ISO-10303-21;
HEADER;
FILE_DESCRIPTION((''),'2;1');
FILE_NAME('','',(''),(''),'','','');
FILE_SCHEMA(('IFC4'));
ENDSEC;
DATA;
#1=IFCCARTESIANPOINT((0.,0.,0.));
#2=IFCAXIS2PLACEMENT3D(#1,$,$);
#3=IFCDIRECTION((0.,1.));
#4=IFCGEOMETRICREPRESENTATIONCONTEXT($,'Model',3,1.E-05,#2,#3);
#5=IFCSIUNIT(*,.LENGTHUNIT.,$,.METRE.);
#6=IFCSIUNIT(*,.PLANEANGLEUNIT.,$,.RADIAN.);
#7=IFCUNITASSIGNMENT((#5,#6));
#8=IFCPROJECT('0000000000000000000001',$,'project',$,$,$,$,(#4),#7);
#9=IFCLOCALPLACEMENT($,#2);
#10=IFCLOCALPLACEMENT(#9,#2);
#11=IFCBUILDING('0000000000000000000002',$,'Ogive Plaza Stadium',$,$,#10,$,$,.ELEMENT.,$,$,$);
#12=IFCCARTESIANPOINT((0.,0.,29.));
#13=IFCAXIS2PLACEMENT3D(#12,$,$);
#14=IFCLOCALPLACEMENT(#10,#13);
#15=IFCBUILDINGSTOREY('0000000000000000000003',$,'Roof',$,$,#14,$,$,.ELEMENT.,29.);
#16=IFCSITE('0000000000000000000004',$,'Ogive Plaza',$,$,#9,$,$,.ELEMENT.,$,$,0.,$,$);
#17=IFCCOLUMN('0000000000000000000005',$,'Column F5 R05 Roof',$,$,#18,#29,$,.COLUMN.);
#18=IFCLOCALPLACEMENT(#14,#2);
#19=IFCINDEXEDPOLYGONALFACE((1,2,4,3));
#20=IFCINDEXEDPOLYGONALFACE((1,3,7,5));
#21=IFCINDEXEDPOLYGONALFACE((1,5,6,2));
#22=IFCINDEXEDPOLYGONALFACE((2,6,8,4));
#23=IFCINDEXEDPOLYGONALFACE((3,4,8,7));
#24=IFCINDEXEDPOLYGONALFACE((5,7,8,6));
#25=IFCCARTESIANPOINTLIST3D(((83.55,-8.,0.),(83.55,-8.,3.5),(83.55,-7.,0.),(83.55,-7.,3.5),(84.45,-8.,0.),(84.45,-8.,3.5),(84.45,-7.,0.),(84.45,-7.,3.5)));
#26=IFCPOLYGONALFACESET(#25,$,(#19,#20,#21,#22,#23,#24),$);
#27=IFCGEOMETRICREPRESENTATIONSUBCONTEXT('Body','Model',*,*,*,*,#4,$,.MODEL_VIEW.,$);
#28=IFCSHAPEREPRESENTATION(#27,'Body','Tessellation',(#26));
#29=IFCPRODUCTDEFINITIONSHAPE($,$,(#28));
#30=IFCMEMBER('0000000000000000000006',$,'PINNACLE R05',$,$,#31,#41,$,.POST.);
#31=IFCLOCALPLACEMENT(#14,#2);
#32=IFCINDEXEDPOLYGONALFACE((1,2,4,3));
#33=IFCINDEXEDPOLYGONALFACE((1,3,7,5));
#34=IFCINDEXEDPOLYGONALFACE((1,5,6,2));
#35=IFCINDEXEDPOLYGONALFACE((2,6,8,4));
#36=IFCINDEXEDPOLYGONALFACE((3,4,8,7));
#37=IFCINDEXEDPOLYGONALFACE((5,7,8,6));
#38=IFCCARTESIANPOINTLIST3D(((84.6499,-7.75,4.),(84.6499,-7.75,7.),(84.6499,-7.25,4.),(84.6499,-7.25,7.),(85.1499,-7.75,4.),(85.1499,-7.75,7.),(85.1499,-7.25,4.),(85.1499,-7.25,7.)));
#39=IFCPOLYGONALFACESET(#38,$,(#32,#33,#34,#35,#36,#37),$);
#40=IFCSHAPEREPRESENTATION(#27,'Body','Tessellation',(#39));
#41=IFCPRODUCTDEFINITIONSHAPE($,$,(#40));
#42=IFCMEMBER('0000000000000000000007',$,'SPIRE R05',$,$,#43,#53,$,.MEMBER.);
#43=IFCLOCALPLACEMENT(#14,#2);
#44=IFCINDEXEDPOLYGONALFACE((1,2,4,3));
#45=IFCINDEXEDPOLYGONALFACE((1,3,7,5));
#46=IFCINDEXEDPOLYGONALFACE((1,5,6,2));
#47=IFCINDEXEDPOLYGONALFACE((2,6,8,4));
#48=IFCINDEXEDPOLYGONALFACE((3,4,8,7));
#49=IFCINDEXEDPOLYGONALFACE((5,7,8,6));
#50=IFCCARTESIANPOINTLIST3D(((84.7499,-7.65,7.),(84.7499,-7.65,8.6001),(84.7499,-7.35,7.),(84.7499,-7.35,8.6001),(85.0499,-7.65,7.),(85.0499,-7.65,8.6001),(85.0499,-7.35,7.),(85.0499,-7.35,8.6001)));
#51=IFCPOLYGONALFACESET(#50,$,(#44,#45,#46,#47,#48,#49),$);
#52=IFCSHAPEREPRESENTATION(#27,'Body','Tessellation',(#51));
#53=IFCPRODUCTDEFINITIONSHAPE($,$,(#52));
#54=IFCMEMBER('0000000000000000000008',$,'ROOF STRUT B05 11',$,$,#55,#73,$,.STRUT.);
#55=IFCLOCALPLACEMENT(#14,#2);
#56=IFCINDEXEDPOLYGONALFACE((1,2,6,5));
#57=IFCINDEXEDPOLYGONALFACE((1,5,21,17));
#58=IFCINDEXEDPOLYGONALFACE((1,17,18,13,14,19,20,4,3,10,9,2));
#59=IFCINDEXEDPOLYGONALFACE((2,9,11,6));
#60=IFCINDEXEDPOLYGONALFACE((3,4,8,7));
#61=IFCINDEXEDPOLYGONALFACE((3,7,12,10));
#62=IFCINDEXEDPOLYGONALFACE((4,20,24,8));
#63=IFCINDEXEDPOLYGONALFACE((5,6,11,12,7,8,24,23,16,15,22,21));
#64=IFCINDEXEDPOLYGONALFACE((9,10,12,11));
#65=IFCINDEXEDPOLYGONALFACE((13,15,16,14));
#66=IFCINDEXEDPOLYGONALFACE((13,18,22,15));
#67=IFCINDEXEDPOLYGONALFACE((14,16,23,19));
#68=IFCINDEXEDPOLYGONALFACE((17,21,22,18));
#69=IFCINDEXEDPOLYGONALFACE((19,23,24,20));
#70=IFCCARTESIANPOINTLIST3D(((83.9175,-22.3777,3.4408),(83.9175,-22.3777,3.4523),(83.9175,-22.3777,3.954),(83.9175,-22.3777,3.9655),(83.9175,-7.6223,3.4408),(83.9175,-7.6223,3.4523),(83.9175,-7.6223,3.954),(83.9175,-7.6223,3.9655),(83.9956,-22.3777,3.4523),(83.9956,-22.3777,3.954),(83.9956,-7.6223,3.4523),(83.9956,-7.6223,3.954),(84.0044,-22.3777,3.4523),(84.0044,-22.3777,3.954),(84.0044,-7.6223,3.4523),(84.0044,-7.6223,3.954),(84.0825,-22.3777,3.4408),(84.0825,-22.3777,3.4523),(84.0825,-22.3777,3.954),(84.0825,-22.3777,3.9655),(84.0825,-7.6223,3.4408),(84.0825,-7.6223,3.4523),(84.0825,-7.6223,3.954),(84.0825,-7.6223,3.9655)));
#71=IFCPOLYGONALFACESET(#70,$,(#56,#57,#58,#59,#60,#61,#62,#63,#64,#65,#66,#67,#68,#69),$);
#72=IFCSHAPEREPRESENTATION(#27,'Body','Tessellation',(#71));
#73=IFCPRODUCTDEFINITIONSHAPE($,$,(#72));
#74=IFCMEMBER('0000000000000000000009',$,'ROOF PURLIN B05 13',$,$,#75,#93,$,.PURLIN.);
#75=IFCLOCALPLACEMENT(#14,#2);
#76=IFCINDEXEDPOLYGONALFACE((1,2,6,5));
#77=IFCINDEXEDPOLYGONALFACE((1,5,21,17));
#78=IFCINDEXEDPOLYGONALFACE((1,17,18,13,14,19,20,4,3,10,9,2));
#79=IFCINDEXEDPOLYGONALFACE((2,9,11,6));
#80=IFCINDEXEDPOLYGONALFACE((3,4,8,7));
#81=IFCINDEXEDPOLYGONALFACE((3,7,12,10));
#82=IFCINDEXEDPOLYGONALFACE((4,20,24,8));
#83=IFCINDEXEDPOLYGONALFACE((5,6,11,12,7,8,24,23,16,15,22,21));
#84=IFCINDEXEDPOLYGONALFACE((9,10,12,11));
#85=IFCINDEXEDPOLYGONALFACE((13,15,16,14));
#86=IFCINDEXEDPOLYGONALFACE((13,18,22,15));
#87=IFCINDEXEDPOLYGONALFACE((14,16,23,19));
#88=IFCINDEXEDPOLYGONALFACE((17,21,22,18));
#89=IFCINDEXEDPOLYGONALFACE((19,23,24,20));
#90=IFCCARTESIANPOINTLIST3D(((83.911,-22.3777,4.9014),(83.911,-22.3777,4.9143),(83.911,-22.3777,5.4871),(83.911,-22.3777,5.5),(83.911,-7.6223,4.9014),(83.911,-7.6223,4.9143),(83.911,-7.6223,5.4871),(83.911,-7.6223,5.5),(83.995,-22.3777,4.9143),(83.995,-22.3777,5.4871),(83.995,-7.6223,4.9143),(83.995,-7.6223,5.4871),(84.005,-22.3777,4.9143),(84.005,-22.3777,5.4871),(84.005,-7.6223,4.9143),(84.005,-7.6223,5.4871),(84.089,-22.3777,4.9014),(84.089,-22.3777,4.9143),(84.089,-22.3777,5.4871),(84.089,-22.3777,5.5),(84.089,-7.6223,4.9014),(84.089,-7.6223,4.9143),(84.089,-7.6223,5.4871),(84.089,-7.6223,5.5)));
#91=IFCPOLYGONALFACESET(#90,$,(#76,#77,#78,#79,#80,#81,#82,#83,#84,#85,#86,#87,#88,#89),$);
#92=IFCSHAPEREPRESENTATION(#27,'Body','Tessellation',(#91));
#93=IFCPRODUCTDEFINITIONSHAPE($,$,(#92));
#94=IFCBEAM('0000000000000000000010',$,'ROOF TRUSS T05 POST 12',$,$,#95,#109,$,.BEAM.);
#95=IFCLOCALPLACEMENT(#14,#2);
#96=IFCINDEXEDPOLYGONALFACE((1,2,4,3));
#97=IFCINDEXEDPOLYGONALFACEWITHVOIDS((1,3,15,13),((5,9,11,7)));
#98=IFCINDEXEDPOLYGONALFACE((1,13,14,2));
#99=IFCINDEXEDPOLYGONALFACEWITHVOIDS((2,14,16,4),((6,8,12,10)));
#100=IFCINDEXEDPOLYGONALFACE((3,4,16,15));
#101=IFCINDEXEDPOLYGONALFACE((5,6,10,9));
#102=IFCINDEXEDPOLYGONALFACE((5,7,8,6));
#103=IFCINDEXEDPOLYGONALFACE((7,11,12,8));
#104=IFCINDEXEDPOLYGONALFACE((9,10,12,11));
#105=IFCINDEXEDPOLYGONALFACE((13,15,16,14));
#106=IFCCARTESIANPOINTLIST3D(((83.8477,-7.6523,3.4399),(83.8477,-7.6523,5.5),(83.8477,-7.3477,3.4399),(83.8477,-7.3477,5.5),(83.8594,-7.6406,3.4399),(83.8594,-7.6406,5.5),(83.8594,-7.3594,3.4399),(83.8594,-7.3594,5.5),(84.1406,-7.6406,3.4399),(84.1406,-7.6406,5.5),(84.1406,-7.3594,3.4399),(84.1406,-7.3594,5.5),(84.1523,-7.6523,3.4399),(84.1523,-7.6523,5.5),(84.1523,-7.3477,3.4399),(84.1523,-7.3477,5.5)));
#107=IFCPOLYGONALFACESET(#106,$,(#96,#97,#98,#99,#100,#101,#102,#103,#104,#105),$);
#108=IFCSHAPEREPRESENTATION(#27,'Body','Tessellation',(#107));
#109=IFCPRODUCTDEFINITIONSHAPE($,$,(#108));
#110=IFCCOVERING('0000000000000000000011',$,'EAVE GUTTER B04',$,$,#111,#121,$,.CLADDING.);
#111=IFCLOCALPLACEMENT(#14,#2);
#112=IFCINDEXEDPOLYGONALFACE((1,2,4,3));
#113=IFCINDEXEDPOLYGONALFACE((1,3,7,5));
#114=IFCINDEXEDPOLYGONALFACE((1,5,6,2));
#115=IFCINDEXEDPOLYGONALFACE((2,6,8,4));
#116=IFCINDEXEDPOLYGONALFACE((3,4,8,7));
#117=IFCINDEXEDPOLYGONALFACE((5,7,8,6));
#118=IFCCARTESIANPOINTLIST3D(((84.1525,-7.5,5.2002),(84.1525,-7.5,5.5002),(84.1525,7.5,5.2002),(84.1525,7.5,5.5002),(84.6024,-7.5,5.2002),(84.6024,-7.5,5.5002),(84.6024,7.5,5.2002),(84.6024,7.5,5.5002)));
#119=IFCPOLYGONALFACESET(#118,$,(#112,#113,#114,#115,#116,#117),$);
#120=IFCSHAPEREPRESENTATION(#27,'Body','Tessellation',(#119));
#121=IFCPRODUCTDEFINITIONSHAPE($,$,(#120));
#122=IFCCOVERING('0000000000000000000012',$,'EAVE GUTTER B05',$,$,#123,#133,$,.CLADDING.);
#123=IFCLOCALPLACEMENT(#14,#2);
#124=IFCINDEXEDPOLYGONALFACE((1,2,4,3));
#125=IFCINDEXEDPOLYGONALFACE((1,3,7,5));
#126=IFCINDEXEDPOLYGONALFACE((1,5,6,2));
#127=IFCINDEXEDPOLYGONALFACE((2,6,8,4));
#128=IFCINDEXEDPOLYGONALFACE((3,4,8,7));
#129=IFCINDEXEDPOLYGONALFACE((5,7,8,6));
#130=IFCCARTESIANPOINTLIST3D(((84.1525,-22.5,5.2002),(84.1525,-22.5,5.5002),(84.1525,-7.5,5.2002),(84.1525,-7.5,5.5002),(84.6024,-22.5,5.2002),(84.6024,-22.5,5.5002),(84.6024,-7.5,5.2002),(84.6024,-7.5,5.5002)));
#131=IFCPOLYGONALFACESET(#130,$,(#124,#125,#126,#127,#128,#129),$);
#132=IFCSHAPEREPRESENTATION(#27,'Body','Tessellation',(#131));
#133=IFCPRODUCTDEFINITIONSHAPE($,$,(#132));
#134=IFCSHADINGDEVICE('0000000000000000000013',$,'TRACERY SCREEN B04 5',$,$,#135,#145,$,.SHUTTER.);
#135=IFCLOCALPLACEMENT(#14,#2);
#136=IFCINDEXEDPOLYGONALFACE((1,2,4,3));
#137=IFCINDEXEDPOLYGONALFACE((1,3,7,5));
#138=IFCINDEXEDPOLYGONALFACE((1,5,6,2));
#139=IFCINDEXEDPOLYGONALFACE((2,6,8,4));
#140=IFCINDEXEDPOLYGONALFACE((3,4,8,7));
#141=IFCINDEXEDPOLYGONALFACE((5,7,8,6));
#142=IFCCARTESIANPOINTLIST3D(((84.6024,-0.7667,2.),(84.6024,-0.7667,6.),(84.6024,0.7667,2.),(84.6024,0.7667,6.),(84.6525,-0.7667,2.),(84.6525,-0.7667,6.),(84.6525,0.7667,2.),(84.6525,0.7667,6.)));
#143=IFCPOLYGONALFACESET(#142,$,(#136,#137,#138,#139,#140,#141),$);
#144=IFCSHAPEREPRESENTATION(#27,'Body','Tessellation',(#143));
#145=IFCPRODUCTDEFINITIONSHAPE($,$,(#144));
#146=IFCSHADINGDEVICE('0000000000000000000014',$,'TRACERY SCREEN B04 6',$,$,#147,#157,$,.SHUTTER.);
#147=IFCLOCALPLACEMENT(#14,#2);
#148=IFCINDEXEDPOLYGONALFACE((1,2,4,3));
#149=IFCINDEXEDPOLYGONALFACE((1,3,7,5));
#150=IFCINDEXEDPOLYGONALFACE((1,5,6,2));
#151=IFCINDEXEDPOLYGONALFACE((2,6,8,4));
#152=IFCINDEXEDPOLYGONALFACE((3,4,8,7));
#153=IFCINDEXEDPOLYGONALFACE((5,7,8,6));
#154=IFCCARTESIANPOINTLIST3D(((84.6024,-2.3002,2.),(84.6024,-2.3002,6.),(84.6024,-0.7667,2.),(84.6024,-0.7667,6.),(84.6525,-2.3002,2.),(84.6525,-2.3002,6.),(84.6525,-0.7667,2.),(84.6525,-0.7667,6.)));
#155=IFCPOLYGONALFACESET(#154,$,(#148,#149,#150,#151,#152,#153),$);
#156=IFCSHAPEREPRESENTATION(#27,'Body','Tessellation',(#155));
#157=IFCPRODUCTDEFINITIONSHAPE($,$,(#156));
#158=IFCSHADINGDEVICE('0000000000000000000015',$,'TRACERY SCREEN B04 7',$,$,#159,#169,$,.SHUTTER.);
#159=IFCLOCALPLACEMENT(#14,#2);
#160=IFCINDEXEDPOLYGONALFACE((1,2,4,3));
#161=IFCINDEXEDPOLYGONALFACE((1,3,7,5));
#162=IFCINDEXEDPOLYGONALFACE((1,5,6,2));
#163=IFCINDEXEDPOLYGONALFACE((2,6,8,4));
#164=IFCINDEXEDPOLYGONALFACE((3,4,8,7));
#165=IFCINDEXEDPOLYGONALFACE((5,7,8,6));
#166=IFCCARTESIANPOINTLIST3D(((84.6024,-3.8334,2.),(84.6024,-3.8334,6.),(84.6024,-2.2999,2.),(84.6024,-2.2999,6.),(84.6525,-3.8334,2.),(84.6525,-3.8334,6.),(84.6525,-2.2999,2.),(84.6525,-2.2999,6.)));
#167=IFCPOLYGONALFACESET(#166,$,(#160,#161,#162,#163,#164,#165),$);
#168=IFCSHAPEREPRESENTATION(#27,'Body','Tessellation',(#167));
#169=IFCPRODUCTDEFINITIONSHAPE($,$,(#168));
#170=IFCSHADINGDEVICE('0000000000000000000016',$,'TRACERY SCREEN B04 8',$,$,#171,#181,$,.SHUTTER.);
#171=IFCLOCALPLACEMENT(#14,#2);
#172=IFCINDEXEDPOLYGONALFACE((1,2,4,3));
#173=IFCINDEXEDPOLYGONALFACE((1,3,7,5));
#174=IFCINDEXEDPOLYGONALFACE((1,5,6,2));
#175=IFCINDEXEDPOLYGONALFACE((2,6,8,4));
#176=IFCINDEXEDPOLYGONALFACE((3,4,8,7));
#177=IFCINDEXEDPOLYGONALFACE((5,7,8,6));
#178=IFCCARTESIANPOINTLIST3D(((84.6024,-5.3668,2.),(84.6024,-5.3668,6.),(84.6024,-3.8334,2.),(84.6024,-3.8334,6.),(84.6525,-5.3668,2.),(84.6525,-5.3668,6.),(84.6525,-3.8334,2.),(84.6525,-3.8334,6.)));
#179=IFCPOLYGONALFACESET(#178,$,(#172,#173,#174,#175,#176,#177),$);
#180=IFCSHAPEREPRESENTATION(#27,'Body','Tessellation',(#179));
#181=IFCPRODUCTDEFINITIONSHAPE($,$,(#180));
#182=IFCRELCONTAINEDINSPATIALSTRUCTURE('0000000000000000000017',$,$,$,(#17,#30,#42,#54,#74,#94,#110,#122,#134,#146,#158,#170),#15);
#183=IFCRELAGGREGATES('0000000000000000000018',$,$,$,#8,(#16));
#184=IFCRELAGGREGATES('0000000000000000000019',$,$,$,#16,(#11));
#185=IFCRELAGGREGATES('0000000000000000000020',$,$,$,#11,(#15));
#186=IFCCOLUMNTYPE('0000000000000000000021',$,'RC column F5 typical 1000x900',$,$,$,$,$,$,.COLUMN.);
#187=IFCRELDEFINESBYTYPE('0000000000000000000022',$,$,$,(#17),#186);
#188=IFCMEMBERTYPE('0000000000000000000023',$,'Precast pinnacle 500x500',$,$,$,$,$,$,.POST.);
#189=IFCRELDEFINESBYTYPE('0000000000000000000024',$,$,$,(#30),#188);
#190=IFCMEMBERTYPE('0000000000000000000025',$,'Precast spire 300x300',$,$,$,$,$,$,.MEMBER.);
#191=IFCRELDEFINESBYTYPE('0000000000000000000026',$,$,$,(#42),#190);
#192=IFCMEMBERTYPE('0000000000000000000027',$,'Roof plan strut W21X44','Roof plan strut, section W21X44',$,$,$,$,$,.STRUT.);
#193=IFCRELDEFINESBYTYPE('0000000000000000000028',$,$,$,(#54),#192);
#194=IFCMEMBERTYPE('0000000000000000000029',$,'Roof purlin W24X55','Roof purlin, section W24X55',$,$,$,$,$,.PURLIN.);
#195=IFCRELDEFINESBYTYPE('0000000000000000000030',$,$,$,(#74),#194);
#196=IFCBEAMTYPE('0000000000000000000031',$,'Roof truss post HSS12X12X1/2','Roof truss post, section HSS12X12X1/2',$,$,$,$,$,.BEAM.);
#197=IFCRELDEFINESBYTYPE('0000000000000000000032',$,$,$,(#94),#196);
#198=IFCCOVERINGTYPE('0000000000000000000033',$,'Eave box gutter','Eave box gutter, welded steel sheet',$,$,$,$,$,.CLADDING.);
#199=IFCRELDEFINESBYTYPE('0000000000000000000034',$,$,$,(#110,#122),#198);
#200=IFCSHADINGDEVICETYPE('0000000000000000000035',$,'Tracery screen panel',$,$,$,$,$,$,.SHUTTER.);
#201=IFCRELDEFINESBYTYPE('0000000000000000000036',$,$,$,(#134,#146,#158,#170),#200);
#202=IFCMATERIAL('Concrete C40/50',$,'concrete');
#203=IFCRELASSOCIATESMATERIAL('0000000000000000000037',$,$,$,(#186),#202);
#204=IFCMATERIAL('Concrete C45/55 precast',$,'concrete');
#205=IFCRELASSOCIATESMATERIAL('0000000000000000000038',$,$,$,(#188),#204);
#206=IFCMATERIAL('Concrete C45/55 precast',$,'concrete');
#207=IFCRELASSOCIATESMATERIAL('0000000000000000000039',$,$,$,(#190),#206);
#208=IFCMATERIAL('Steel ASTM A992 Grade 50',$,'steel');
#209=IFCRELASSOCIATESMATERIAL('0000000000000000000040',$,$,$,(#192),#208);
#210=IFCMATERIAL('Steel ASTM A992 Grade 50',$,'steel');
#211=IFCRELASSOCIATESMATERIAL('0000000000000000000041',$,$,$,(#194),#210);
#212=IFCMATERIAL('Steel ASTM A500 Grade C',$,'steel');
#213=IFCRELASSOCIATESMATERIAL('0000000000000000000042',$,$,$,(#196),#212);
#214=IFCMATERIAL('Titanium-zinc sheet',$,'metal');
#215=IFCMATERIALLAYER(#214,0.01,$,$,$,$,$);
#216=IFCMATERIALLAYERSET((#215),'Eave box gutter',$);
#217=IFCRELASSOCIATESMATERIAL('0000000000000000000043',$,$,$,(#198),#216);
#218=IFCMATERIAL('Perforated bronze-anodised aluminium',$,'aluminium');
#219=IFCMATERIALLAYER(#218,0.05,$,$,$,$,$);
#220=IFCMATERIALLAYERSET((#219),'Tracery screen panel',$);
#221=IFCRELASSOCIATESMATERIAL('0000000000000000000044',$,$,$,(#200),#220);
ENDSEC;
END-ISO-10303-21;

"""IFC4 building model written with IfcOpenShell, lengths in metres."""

from ifc_helpers import new_model, si_unit, direction, frame, origin, origin_2d, place, context, subcontext, project, spatial, rectangle, hollow_rectangle, i_section, extrude, material, layer, layer_set, material_profile, profile_set, type_object, element, save


model = new_model("IFC4")

# Units and contexts
model_context = context("Model", 3, precision=1e-05, world=origin(), true_north=direction((0.0, 1.0)))
body_context = subcontext(model_context, "Body", "Model", "MODEL_VIEW")
ifc_project = project(units=[si_unit("LENGTHUNIT", "METRE"), si_unit("PLANEANGLEUNIT", "RADIAN")], contexts=[model_context])

# Site, building, storey
site_placement = place(None, origin())
site = spatial("IfcSite", under=ifc_project, at=site_placement, Name="Ogive Plaza", CompositionType="ELEMENT", RefElevation=0.0)
building_placement = place(site_placement, origin())
building = spatial("IfcBuilding", under=site, at=building_placement, Name="Ogive Plaza Stadium", CompositionType="ELEMENT")
storey_placement = place(building_placement, frame((0.0, 0.0, 29.0)))
storey = spatial("IfcBuildingStorey", under=building, at=storey_placement, Name="Roof", CompositionType="ELEMENT", Elevation=29.0)

# Column
ifc_material_1 = material(Name="Concrete C40/50", Category="concrete")
ifc_material_profile_1 = material_profile(ifc_material_1, rectangle(XDim=1.0, YDim=0.8999, at=origin_2d()), Name="RC 1000x900")
ifc_profile_set_1 = profile_set([ifc_material_profile_1], Name="Concrete C40/50")
column_type = type_object("IfcColumnType", Name="RC column F5 typical 1000x900", PredefinedType="COLUMN", material=ifc_profile_set_1)
column_placement = place(storey_placement, frame((84.0, -7.5, 0.0), z_axis=(0.0, 0.0, 1.0), x_axis=(0.0, 1.0, 0.0)))
element("IfcColumn", 1, at=column_placement, inside=storey, type_object=column_type, Name="Column F5 R05 Roof", PredefinedType="COLUMN", context=body_context, shape_type="SweptSolid", body=[
    extrude(rectangle(XDim=1.0, YDim=0.8999, at=origin_2d()), origin(), (0.0, 0.0, 1.0), 3.5),
])

# Members
ifc_material_2 = material(Name="Concrete C45/55 precast", Category="concrete")
ifc_material_profile_2 = material_profile(ifc_material_2, rectangle(XDim=0.5, YDim=0.5, at=origin_2d()), Name="RC 500x500")
ifc_profile_set_2 = profile_set([ifc_material_profile_2], Name="Concrete C45/55 precast")
member_type_1 = type_object("IfcMemberType", Name="Precast pinnacle 500x500", PredefinedType="POST", material=ifc_profile_set_2)
member_1_placement = place(storey_placement, frame((84.8999, -7.5, 4.0), z_axis=(0.0, 0.0, 1.0), x_axis=(0.0, 1.0, 0.0)))
element("IfcMember", 2, at=member_1_placement, inside=storey, type_object=member_type_1, Name="PINNACLE R05", PredefinedType="POST", context=body_context, shape_type="SweptSolid", body=[
    extrude(rectangle(XDim=0.5, YDim=0.5, at=origin_2d()), origin(), (0.0, 0.0, 1.0), 3.0),
])
ifc_material_3 = material(Name="Concrete C45/55 precast", Category="concrete")
ifc_material_profile_3 = material_profile(ifc_material_3, rectangle(XDim=0.3, YDim=0.3, at=origin_2d()), Name="RC 300x300")
ifc_profile_set_3 = profile_set([ifc_material_profile_3], Name="Concrete C45/55 precast")
member_type_2 = type_object("IfcMemberType", Name="Precast spire 300x300", PredefinedType="MEMBER", material=ifc_profile_set_3)
member_2_placement = place(storey_placement, frame((84.8999, -7.5, 7.0), z_axis=(0.0, 0.0, 1.0), x_axis=(0.0, 1.0, 0.0)))
element("IfcMember", 3, at=member_2_placement, inside=storey, type_object=member_type_2, Name="SPIRE R05", PredefinedType="MEMBER", context=body_context, shape_type="SweptSolid", body=[
    extrude(rectangle(XDim=0.3, YDim=0.3, at=origin_2d()), origin(), (0.0, 0.0, 1.0), 1.6001),
])
ifc_material_4 = material(Name="Steel ASTM A992 Grade 50", Category="steel")
ifc_material_profile_4 = material_profile(ifc_material_4, i_section(OverallWidth=0.165, OverallDepth=0.5247, WebThickness=0.0088, FlangeThickness=0.0115, at=origin_2d()), Name="W21X44")
ifc_profile_set_4 = profile_set([ifc_material_profile_4], Name="Steel ASTM A992 Grade 50")
member_type_3 = type_object("IfcMemberType", Name="Roof plan strut W21X44", Description="Roof plan strut, section W21X44", PredefinedType="STRUT", material=ifc_profile_set_4)
member_3_placement = place(storey_placement, frame((84.0, -7.6223, 3.7031), z_axis=(0.0, -1.0, 0.0), x_axis=(1.0, 0.0, 0.0)))
element("IfcMember", 4, at=member_3_placement, inside=storey, type_object=member_type_3, Name="ROOF STRUT B05 11", PredefinedType="STRUT", context=body_context, shape_type="SweptSolid", body=[
    extrude(i_section(OverallWidth=0.165, OverallDepth=0.5247, WebThickness=0.0088, FlangeThickness=0.0115, at=origin_2d()), origin(), (0.0, 0.0, 1.0), 14.7554),
])
ifc_material_5 = material(Name="Steel ASTM A992 Grade 50", Category="steel")
ifc_material_profile_5 = material_profile(ifc_material_5, i_section(OverallWidth=0.178, OverallDepth=0.5986, WebThickness=0.01, FlangeThickness=0.0129, at=origin_2d()), Name="W24X55")
ifc_profile_set_5 = profile_set([ifc_material_profile_5], Name="Steel ASTM A992 Grade 50")
member_type_4 = type_object("IfcMemberType", Name="Roof purlin W24X55", Description="Roof purlin, section W24X55", PredefinedType="PURLIN", material=ifc_profile_set_5)
member_4_placement = place(storey_placement, frame((84.0, -7.6223, 5.2007), z_axis=(0.0, -1.0, 0.0), x_axis=(1.0, 0.0, 0.0)))
element("IfcMember", 5, at=member_4_placement, inside=storey, type_object=member_type_4, Name="ROOF PURLIN B05 13", PredefinedType="PURLIN", context=body_context, shape_type="SweptSolid", body=[
    extrude(i_section(OverallWidth=0.178, OverallDepth=0.5986, WebThickness=0.01, FlangeThickness=0.0129, at=origin_2d()), origin(), (0.0, 0.0, 1.0), 14.7554),
])

# Beam
ifc_material_6 = material(Name="Steel ASTM A500 Grade C", Category="steel")
ifc_material_profile_6 = material_profile(ifc_material_6, hollow_rectangle(XDim=0.3047, YDim=0.3047, WallThickness=0.0117, at=origin_2d()), Name="HSS12X12X1/2")
ifc_profile_set_6 = profile_set([ifc_material_profile_6], Name="Steel ASTM A500 Grade C")
beam_type = type_object("IfcBeamType", Name="Roof truss post HSS12X12X1/2", Description="Roof truss post, section HSS12X12X1/2", PredefinedType="BEAM", material=ifc_profile_set_6)
beam_placement = place(storey_placement, frame((84.0, -7.5, 3.4399), z_axis=(0.0, 0.0, 1.0), x_axis=(0.0, 1.0, 0.0)))
element("IfcBeam", 6, at=beam_placement, inside=storey, type_object=beam_type, Name="ROOF TRUSS T05 POST 12", PredefinedType="BEAM", context=body_context, shape_type="SweptSolid", body=[
    extrude(hollow_rectangle(XDim=0.3047, YDim=0.3047, WallThickness=0.0117, at=origin_2d()), origin(), (0.0, 0.0, 1.0), 2.0601),
])

# Coverings
ifc_material_7 = material(Name="Titanium-zinc sheet", Category="metal")
ifc_layer_1 = layer(ifc_material_7, 0.01)
ifc_layer_set_1 = layer_set([ifc_layer_1], Name="Eave box gutter")
covering_type = type_object("IfcCoveringType", Name="Eave box gutter", Description="Eave box gutter, welded steel sheet", PredefinedType="CLADDING", material=ifc_layer_set_1)
for number, where, z_axis, x_axis, name in (
    (7, (84.3774, 0.0, 5.2002), (0.0, 0.0, 1.0), (0.0, -1.0, 0.0), "EAVE GUTTER B04"),
    (8, (84.3774, -15.0, 5.2002), (0.0, 0.0, 1.0), (0.0, -1.0, 0.0), "EAVE GUTTER B05"),
):
    element("IfcCovering", number, at=place(storey_placement, frame(where, z_axis=z_axis, x_axis=x_axis)), inside=storey, type_object=covering_type, Name=name, PredefinedType="CLADDING", context=body_context, shape_type="SweptSolid", body=[
        extrude(rectangle(XDim=15.0, YDim=0.45, at=origin_2d()), origin(), (0.0, 0.0, 1.0), 0.3),
    ])

# Shading devices
ifc_material_8 = material(Name="Perforated bronze-anodised aluminium", Category="aluminium")
ifc_layer_2 = layer(ifc_material_8, 0.05)
ifc_layer_set_2 = layer_set([ifc_layer_2], Name="Tracery screen panel")
shading_device_type = type_object("IfcShadingDeviceType", Name="Tracery screen panel", PredefinedType="SHUTTER", material=ifc_layer_set_2)
for number, where, z_axis, x_axis, name in (
    (9, (84.6274, 0.0, 2.0), (0.0, 0.0, 1.0), (0.0, -1.0, 0.0), "TRACERY SCREEN B04 5"),
    (10, (84.6274, -1.5334, 2.0), (0.0, 0.0, 1.0), (0.0, -1.0, 0.0), "TRACERY SCREEN B04 6"),
    (11, (84.6274, -3.0667, 2.0), (0.0, 0.0, 1.0), (0.0, -1.0, 0.0), "TRACERY SCREEN B04 7"),
    (12, (84.6274, -4.6001, 2.0), (0.0, 0.0, 1.0), (0.0, -1.0, 0.0), "TRACERY SCREEN B04 8"),
):
    element("IfcShadingDevice", number, at=place(storey_placement, frame(where, z_axis=z_axis, x_axis=x_axis)), inside=storey, type_object=shading_device_type, Name=name, PredefinedType="SHUTTER", context=body_context, shape_type="SweptSolid", body=[
        extrude(rectangle(XDim=1.5334, YDim=0.05, at=origin_2d()), origin(), (0.0, 0.0, 1.0), 4.0),
    ])

save(model, "model.ifc")
